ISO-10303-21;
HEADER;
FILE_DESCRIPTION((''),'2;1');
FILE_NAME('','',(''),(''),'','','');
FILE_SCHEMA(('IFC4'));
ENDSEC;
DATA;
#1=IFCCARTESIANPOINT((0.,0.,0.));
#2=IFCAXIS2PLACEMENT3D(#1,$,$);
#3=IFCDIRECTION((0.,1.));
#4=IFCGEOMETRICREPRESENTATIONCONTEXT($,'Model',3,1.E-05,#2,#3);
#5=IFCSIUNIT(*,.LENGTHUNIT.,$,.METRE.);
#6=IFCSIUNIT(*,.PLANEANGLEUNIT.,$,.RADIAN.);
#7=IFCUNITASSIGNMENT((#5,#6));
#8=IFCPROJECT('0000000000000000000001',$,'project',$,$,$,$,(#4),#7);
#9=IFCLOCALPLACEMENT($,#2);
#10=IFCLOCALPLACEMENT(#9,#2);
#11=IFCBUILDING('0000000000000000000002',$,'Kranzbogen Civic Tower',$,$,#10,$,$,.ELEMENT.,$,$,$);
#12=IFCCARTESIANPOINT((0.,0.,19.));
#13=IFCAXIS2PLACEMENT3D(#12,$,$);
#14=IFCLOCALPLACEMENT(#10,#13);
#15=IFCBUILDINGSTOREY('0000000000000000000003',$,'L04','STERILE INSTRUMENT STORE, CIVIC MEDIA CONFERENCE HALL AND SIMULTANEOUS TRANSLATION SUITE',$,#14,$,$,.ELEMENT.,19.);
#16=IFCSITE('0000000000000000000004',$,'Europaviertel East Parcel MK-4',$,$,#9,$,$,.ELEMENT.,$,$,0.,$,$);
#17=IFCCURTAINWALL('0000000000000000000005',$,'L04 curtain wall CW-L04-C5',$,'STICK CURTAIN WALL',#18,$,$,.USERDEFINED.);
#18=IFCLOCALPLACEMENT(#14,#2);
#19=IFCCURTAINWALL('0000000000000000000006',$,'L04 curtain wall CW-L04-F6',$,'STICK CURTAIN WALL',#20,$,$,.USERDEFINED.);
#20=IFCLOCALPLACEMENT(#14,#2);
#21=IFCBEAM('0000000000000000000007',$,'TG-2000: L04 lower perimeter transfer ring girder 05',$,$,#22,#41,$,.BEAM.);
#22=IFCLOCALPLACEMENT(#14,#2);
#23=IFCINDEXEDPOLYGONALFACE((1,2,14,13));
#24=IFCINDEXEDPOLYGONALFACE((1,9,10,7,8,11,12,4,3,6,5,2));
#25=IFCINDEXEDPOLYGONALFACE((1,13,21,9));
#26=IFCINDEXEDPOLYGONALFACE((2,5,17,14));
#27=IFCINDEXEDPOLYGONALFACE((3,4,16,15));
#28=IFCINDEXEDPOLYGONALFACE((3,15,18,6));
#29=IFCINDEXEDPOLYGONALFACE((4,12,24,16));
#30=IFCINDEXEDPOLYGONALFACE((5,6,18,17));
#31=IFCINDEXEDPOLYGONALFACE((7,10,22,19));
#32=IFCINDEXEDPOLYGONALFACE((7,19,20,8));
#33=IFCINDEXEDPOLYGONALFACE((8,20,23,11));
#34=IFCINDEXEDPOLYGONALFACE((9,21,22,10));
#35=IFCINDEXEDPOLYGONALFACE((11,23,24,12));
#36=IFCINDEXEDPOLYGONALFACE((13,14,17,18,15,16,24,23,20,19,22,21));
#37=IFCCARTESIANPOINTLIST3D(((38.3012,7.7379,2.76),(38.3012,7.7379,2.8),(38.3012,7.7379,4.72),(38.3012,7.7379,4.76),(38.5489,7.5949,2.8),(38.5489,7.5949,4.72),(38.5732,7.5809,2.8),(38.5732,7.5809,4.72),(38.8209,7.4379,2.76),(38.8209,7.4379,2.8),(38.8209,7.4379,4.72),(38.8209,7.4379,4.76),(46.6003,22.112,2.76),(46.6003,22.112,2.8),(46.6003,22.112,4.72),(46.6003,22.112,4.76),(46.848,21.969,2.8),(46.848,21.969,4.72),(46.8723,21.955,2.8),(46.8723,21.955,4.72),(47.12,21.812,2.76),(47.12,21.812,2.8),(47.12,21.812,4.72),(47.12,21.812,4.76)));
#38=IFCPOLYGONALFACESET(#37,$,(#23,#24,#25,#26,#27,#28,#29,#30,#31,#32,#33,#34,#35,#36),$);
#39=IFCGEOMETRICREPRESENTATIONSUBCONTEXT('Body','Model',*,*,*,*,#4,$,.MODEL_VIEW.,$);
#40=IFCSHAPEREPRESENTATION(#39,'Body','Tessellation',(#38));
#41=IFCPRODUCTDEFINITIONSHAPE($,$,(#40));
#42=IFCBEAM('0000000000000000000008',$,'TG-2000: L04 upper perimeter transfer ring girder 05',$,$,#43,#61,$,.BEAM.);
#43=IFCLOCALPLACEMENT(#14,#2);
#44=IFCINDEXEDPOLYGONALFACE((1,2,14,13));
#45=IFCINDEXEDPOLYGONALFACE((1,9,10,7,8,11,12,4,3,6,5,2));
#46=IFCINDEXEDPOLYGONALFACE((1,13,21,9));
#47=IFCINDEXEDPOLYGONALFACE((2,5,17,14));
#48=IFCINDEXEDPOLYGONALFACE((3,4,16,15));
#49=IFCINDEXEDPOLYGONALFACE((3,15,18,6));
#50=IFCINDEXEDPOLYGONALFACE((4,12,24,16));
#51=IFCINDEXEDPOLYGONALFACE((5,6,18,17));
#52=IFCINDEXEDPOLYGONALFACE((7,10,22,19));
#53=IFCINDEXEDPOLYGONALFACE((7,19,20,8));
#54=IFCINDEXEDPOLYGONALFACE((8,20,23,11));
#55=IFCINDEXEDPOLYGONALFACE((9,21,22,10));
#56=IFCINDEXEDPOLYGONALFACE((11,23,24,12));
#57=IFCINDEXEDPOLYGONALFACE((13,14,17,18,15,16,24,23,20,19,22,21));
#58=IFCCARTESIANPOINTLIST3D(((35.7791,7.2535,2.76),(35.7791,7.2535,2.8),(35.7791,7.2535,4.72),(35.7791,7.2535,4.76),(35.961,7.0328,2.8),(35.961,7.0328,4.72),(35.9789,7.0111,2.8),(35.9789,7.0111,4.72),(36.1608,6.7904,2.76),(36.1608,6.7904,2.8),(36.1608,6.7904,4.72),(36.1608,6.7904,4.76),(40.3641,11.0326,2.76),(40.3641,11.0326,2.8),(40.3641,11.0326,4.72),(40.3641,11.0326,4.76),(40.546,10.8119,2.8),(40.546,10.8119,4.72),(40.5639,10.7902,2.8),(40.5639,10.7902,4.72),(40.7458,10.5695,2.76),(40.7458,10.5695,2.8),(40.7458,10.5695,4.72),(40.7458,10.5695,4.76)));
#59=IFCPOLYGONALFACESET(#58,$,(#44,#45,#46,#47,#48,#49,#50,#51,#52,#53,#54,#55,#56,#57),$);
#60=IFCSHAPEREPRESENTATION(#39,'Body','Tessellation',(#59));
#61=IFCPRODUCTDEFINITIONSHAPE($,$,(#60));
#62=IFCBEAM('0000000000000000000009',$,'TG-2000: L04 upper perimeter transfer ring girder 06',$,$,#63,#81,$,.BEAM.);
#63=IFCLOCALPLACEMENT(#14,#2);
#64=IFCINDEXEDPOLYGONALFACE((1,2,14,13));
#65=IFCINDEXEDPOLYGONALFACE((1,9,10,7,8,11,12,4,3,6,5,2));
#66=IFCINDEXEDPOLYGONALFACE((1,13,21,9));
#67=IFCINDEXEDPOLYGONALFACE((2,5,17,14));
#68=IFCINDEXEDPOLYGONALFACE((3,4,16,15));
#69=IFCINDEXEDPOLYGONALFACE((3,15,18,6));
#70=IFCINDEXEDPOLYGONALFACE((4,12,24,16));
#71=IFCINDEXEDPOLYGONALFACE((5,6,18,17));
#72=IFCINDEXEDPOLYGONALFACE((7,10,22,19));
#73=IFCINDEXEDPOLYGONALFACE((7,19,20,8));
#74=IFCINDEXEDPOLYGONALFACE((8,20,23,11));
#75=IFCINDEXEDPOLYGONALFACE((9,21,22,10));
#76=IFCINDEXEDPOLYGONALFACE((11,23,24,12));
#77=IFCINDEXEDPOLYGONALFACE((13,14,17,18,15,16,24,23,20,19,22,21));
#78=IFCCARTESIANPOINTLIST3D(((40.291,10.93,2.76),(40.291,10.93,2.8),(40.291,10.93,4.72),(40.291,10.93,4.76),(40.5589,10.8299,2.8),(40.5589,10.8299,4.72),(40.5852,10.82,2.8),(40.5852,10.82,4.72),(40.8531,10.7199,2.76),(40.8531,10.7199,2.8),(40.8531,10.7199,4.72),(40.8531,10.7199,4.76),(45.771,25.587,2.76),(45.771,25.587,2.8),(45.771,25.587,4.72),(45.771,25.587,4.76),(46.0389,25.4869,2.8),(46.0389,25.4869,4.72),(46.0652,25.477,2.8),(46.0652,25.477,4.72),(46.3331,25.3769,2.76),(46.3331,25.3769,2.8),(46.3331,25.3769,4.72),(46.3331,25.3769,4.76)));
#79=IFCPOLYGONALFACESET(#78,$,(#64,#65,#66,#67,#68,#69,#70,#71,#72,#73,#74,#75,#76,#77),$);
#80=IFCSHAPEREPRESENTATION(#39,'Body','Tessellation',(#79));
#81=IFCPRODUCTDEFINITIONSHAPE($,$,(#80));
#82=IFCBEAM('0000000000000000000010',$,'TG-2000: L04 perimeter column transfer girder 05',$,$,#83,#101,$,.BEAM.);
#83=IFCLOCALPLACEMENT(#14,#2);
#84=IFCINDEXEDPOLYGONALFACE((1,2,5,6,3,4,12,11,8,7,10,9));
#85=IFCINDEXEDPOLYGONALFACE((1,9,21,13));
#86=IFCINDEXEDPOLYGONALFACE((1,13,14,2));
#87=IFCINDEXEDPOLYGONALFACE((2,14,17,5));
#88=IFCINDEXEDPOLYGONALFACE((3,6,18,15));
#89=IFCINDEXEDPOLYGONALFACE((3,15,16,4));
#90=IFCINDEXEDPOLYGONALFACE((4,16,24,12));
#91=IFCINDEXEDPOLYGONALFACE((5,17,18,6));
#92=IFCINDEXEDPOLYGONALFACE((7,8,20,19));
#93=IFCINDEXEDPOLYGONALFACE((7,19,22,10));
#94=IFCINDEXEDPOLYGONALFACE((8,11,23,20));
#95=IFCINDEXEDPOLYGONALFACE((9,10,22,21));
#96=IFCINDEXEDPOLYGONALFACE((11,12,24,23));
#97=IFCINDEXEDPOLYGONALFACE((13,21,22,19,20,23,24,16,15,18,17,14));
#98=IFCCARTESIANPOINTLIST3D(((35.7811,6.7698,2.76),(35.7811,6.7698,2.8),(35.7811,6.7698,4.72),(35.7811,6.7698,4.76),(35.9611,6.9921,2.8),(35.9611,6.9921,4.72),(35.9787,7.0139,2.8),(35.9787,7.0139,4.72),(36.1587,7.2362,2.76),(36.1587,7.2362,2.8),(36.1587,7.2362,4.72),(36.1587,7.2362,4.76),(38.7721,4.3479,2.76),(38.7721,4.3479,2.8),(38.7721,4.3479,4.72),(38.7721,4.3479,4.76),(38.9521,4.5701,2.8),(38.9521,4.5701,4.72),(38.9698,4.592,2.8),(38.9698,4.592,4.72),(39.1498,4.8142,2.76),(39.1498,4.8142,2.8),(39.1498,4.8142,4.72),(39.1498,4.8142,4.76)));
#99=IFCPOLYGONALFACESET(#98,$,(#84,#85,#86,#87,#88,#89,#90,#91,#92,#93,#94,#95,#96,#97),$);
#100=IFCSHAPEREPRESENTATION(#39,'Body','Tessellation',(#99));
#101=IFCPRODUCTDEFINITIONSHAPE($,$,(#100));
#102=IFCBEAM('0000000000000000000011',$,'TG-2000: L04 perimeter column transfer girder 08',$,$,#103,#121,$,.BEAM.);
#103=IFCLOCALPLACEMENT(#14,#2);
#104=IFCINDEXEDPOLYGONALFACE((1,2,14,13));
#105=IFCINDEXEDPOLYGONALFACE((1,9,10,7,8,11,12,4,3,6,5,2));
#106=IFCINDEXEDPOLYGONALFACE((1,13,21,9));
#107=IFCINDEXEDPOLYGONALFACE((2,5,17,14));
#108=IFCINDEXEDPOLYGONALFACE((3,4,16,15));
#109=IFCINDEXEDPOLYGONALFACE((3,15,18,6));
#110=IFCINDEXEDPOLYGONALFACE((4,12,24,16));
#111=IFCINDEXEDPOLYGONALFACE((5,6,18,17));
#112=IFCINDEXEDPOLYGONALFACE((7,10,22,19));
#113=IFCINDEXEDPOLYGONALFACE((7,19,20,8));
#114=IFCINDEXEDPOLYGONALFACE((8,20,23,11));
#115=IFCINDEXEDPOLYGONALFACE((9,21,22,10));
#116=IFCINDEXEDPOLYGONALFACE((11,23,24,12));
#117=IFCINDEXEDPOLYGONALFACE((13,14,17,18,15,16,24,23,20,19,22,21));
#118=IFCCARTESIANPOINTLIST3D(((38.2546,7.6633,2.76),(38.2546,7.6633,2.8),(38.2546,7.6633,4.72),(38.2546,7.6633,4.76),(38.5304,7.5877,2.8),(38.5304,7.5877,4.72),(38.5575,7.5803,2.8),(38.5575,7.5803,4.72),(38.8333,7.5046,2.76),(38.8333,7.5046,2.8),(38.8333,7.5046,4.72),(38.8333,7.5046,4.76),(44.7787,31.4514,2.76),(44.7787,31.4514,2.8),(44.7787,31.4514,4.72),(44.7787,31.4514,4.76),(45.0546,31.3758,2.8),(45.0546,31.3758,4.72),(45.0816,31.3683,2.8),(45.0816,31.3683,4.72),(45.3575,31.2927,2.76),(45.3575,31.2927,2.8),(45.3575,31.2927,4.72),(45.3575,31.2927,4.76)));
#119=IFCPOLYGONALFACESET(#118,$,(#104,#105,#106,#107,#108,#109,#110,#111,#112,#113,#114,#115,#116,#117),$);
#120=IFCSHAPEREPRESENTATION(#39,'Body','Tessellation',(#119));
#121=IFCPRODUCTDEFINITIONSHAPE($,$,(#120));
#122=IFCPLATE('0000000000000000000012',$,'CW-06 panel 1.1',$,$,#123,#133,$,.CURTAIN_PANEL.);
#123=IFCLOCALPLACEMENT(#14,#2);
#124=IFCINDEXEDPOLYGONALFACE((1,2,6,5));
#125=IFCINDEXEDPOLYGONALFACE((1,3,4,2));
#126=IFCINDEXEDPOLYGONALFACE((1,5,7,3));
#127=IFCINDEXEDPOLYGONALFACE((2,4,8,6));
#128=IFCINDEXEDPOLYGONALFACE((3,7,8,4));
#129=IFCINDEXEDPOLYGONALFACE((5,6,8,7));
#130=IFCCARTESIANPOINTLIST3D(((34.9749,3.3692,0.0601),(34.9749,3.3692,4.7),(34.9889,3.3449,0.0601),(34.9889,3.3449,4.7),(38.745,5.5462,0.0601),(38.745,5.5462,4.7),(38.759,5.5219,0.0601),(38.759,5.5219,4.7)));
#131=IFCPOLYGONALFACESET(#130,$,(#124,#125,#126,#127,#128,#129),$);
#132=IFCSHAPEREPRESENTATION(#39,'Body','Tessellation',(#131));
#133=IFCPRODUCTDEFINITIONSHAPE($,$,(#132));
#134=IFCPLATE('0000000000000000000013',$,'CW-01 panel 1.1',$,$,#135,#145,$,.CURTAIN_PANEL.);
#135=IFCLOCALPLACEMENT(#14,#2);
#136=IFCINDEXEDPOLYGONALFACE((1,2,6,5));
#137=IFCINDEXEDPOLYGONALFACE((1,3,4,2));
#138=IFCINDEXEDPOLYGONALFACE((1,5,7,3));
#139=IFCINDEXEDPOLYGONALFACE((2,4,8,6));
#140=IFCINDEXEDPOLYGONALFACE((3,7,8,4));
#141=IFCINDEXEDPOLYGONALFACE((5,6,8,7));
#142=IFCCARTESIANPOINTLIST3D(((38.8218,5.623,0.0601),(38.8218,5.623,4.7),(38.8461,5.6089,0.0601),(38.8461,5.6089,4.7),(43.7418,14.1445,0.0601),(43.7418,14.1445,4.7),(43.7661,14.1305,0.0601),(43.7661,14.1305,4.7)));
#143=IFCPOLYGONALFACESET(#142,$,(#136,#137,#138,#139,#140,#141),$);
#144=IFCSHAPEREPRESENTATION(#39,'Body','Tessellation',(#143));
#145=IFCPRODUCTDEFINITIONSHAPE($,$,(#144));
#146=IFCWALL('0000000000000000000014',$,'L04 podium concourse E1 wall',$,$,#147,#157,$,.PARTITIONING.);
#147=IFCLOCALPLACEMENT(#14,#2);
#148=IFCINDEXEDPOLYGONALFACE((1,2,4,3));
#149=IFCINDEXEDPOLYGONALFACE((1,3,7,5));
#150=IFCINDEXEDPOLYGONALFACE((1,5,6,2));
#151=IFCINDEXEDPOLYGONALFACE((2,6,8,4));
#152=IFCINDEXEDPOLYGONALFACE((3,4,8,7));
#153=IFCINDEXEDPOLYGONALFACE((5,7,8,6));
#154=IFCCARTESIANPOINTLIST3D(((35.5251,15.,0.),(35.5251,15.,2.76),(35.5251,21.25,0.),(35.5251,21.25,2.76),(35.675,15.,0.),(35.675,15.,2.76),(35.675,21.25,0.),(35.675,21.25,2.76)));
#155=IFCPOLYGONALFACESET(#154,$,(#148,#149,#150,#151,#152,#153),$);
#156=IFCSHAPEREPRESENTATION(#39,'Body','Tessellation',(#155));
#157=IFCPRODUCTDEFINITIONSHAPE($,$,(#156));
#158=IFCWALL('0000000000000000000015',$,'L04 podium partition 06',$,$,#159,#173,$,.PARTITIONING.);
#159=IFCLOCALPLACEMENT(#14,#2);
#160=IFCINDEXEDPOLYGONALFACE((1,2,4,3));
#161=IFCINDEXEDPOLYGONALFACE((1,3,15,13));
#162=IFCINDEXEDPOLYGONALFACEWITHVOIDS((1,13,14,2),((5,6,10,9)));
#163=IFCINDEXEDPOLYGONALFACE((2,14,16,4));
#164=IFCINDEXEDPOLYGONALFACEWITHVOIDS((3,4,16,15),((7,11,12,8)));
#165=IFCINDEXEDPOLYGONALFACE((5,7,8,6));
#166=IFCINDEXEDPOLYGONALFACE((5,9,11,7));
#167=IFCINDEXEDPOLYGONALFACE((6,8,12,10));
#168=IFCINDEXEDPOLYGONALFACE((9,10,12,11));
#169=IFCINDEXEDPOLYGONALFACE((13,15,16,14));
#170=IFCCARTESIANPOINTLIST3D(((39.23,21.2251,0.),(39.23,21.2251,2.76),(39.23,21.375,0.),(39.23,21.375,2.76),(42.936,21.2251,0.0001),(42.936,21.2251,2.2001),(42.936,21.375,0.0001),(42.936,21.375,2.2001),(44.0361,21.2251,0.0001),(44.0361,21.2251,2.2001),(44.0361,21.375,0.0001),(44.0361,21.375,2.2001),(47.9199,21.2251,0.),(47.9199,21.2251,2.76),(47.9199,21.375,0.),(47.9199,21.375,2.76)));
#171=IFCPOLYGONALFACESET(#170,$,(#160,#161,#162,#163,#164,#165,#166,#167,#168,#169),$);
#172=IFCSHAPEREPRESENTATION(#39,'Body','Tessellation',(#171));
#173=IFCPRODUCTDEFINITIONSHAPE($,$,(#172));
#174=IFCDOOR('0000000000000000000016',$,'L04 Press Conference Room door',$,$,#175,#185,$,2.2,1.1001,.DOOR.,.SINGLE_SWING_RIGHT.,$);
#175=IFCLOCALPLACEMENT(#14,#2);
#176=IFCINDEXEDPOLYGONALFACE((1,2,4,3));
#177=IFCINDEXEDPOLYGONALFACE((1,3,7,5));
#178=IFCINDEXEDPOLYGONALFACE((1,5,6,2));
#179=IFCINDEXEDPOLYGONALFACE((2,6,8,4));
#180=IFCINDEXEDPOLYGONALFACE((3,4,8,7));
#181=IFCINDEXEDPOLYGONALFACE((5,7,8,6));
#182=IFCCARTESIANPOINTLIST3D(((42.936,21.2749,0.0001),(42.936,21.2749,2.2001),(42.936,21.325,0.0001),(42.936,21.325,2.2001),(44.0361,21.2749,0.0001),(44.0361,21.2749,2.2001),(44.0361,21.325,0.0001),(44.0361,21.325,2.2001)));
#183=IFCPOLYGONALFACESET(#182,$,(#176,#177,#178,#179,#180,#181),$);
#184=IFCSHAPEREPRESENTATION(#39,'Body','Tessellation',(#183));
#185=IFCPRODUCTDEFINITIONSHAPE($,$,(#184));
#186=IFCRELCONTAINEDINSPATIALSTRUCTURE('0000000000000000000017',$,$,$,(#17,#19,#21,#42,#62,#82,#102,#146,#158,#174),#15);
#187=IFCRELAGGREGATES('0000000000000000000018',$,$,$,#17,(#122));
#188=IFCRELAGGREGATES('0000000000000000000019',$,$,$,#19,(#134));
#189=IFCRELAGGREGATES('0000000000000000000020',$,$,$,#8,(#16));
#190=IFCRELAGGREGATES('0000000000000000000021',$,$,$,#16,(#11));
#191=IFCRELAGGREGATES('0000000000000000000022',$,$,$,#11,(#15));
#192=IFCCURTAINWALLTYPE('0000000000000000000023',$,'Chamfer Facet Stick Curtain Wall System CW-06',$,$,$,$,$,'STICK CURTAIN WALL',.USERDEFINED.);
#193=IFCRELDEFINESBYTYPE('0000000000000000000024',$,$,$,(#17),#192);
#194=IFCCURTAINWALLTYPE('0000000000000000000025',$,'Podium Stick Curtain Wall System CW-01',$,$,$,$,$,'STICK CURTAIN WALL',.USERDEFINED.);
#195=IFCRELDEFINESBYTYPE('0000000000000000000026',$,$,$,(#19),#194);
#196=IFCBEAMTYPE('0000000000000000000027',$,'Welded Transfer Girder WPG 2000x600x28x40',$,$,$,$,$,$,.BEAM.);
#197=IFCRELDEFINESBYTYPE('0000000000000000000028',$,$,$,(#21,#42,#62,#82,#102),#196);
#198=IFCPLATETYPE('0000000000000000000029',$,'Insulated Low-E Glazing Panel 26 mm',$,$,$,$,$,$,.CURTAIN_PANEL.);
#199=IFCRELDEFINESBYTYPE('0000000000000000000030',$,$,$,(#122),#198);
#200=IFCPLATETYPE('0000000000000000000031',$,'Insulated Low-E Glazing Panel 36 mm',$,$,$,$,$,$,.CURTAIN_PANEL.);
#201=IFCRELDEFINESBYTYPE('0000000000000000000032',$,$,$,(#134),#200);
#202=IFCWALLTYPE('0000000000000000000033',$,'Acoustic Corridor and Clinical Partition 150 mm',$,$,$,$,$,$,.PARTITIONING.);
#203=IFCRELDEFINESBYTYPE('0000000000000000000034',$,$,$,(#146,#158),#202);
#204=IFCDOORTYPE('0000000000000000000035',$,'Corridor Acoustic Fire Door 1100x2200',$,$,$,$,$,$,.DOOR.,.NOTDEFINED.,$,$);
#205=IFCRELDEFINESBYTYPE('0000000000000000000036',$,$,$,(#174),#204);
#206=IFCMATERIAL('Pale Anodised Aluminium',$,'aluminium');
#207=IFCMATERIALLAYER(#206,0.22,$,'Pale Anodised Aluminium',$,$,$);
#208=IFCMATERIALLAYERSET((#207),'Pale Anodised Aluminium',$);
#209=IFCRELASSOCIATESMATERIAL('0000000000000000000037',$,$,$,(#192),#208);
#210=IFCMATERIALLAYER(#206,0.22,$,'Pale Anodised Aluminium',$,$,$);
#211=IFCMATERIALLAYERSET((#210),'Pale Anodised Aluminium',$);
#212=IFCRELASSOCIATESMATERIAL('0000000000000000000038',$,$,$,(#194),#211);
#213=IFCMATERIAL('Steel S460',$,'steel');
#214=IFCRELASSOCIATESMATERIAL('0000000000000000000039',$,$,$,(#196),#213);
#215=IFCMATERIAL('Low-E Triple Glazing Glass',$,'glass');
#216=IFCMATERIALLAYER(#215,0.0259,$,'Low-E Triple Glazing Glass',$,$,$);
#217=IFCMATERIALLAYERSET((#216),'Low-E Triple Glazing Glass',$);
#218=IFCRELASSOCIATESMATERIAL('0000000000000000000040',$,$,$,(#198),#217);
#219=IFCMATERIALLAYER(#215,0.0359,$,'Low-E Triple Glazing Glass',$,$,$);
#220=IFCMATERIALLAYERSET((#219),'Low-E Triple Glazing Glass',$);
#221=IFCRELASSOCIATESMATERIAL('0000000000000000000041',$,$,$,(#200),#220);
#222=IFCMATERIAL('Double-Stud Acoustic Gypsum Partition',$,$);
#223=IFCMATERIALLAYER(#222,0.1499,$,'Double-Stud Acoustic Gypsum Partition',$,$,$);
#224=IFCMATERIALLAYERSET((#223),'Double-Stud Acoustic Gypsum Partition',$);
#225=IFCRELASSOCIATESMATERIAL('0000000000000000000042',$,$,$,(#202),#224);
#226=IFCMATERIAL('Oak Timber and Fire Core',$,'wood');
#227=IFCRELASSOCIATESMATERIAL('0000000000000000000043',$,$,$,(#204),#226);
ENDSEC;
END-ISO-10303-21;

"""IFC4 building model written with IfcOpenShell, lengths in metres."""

from ifc_helpers import new_model, si_unit, direction, frame, frame_2d, origin, origin_2d, place, context, subcontext, project, spatial, rectangle, i_section, extrude, material, layer, layer_set, material_profile, profile_set, type_object, element, fill, aggregate, save


model = new_model("IFC4")

# Units and contexts
model_context = context("Model", 3, precision=1e-05, world=origin(), true_north=direction((0.0, 1.0)))
body_context = subcontext(model_context, "Body", "Model", "MODEL_VIEW")
ifc_project = project(units=[si_unit("LENGTHUNIT", "METRE"), si_unit("PLANEANGLEUNIT", "RADIAN")], contexts=[model_context])

# Site, building, storey
site_placement = place(None, origin())
site = spatial("IfcSite", under=ifc_project, at=site_placement, Name="Europaviertel East Parcel MK-4", CompositionType="ELEMENT", RefElevation=0.0)
building_placement = place(site_placement, origin())
building = spatial("IfcBuilding", under=site, at=building_placement, Name="Kranzbogen Civic Tower", CompositionType="ELEMENT")
storey_placement = place(building_placement, frame((0.0, 0.0, 19.0)))
storey = spatial("IfcBuildingStorey", under=building, at=storey_placement, Name="L04", Description="STERILE INSTRUMENT STORE, CIVIC MEDIA CONFERENCE HALL AND SIMULTANEOUS TRANSLATION SUITE", CompositionType="ELEMENT", Elevation=19.0)

# Shared definitions
ifc_material_1 = material(Name="Steel S460", Category="steel")

# Curtain wall
ifc_material_2 = material(Name="Pale Anodised Aluminium", Category="aluminium")
ifc_layer_1 = layer(ifc_material_2, 0.22, Name="Pale Anodised Aluminium")
ifc_layer_set_1 = layer_set([ifc_layer_1], Name="Pale Anodised Aluminium")
curtain_wall_type_1 = type_object("IfcCurtainWallType", Name="Chamfer Facet Stick Curtain Wall System CW-06", ElementType="STICK CURTAIN WALL", PredefinedType="USERDEFINED", material=ifc_layer_set_1)
curtain_wall_1_placement = place(storey_placement, origin())
curtain_wall_1 = element("IfcCurtainWall", 1, at=curtain_wall_1_placement, inside=storey, type_object=curtain_wall_type_1, Name="L04 curtain wall CW-L04-C5", ObjectType="STICK CURTAIN WALL", PredefinedType="USERDEFINED")

# Curtain wall
ifc_layer_2 = layer(ifc_material_2, 0.22, Name="Pale Anodised Aluminium")
ifc_layer_set_2 = layer_set([ifc_layer_2], Name="Pale Anodised Aluminium")
curtain_wall_type_2 = type_object("IfcCurtainWallType", Name="Podium Stick Curtain Wall System CW-01", ElementType="STICK CURTAIN WALL", PredefinedType="USERDEFINED", material=ifc_layer_set_2)
curtain_wall_2_placement = place(storey_placement, origin())
curtain_wall_2 = element("IfcCurtainWall", 2, at=curtain_wall_2_placement, inside=storey, type_object=curtain_wall_type_2, Name="L04 curtain wall CW-L04-F6", ObjectType="STICK CURTAIN WALL", PredefinedType="USERDEFINED")

# Beams
ifc_material_profile_1 = material_profile(ifc_material_1, i_section(OverallWidth=0.6001, OverallDepth=2.0, WebThickness=0.0281, FlangeThickness=0.04, at=origin_2d()), Name="WPG 2000x600x28x40")
ifc_profile_set_1 = profile_set([ifc_material_profile_1], Name="Steel S460")
beam_type = type_object("IfcBeamType", Name="Welded Transfer Girder WPG 2000x600x28x40", PredefinedType="BEAM", material=ifc_profile_set_1)
beam_1_placement = place(storey_placement, frame((38.561, 7.5879, 3.76), z_axis=(0.50001, 0.86602, 0.0), x_axis=(-0.86602, 0.50001, 0.0)))
element("IfcBeam", 3, at=beam_1_placement, inside=storey, type_object=beam_type, Name="TG-2000: L04 lower perimeter transfer ring girder 05", PredefinedType="BEAM", context=body_context, shape_type="SweptSolid", body=[
    extrude(i_section(OverallWidth=0.6001, OverallDepth=2.0, WebThickness=0.0281, FlangeThickness=0.04, at=origin_2d()), origin(), (0.0, 0.0, 1.0), 16.5979),
])
beam_2_placement = place(storey_placement, frame((35.97, 7.022, 3.76), z_axis=(0.771666, 0.636028, 0.0), x_axis=(-0.636028, 0.771666, 0.0)))
element("IfcBeam", 4, at=beam_2_placement, inside=storey, type_object=beam_type, Name="TG-2000: L04 upper perimeter transfer ring girder 05", PredefinedType="BEAM", context=body_context, shape_type="SweptSolid", body=[
    extrude(i_section(OverallWidth=0.6001, OverallDepth=2.0, WebThickness=0.0281, FlangeThickness=0.04, at=origin_2d()), origin(), (0.0, 0.0, 1.0), 5.9417),
])
beam_3_placement = place(storey_placement, frame((40.572, 10.825, 3.76), z_axis=(0.350205, 0.936673, 0.0), x_axis=(-0.936673, 0.350205, 0.0)))
element("IfcBeam", 5, at=beam_3_placement, inside=storey, type_object=beam_type, Name="TG-2000: L04 upper perimeter transfer ring girder 06", PredefinedType="BEAM", context=body_context, shape_type="SweptSolid", body=[
    extrude(i_section(OverallWidth=0.6001, OverallDepth=2.0, WebThickness=0.0281, FlangeThickness=0.04, at=origin_2d()), origin(), (0.0, 0.0, 1.0), 15.6479),
])
beam_4_placement = place(storey_placement, frame((38.9609, 4.5811, 3.76), z_axis=(-0.777167, 0.629295, 0.0), x_axis=(-0.629295, -0.777167, 0.0)))
element("IfcBeam", 6, at=beam_4_placement, inside=storey, type_object=beam_type, Name="TG-2000: L04 perimeter column transfer girder 05", PredefinedType="BEAM", context=body_context, shape_type="SweptSolid", body=[
    extrude(i_section(OverallWidth=0.6001, OverallDepth=2.0, WebThickness=0.0281, FlangeThickness=0.04, at=origin_2d()), origin(), (0.0, 0.0, 1.0), 3.8486),
])
beam_5_placement = place(storey_placement, frame((38.5439, 7.584, 3.76), z_axis=(0.264495, 0.964387, 0.0), x_axis=(-0.964387, 0.264495, 0.0)))
element("IfcBeam", 7, at=beam_5_placement, inside=storey, type_object=beam_type, Name="TG-2000: L04 perimeter column transfer girder 08", PredefinedType="BEAM", context=body_context, shape_type="SweptSolid", body=[
    extrude(i_section(OverallWidth=0.6001, OverallDepth=2.0, WebThickness=0.0281, FlangeThickness=0.04, at=origin_2d()), origin(), (0.0, 0.0, 1.0), 24.6665),
])

# Plates
ifc_material_3 = material(Name="Low-E Triple Glazing Glass", Category="glass")
ifc_layer_3 = layer(ifc_material_3, 0.0259, Name="Low-E Triple Glazing Glass")
ifc_layer_set_3 = layer_set([ifc_layer_3], Name="Low-E Triple Glazing Glass")
plate_type_1 = type_object("IfcPlateType", Name="Insulated Low-E Glazing Panel 26 mm", PredefinedType="CURTAIN_PANEL", material=ifc_layer_set_3)
plate_1_placement = place(storey_placement, frame((36.8669, 4.4456, 0.0601), z_axis=(0.0, 0.0, 1.0), x_axis=(0.865992, 0.500058, 0.0)))
plate_1 = element("IfcPlate", 8, at=plate_1_placement, type_object=plate_type_1, Name="CW-06 panel 1.1", PredefinedType="CURTAIN_PANEL", context=body_context, shape_type="SweptSolid", body=[
    extrude(rectangle(XDim=4.3535, YDim=0.0281, at=origin_2d()), origin(), (0.0, 0.0, 1.0), 4.6399),
])
aggregate(curtain_wall_1, [plate_1])
ifc_layer_4 = layer(ifc_material_3, 0.0359, Name="Low-E Triple Glazing Glass")
ifc_layer_set_4 = layer_set([ifc_layer_4], Name="Low-E Triple Glazing Glass")
plate_type_2 = type_object("IfcPlateType", Name="Insulated Low-E Glazing Panel 36 mm", PredefinedType="CURTAIN_PANEL", material=ifc_layer_set_4)
plate_2_placement = place(storey_placement, frame((41.2939, 9.8767, 0.0601), z_axis=(0.0, 0.0, 1.0), x_axis=(0.500006, 0.866022, 0.0)))
plate_2 = element("IfcPlate", 9, at=plate_2_placement, type_object=plate_type_2, Name="CW-01 panel 1.1", PredefinedType="CURTAIN_PANEL", context=body_context, shape_type="SweptSolid", body=[
    extrude(rectangle(XDim=9.8398, YDim=0.0281, at=origin_2d()), origin(), (0.0, 0.0, 1.0), 4.6399),
])
aggregate(curtain_wall_2, [plate_2])

# Wall
ifc_material_4 = material(Name="Double-Stud Acoustic Gypsum Partition")
ifc_layer_5 = layer(ifc_material_4, 0.1499, Name="Double-Stud Acoustic Gypsum Partition")
ifc_layer_set_5 = layer_set([ifc_layer_5], Name="Double-Stud Acoustic Gypsum Partition")
wall_type_1 = type_object("IfcWallType", Name="Acoustic Corridor and Clinical Partition 150 mm", PredefinedType="PARTITIONING", material=ifc_layer_set_5)
wall_1_placement = place(storey_placement, frame((35.6001, 15.0, 0.0), z_axis=(0.0, 0.0, 1.0), x_axis=(0.0, 1.0, 0.0)))
element("IfcWall", 10, at=wall_1_placement, inside=storey, type_object=wall_type_1, Name="L04 podium concourse E1 wall", PredefinedType="PARTITIONING", context=body_context, shape_type="SweptSolid", body=[
    extrude(rectangle(XDim=6.25, YDim=0.1499, at=frame_2d((3.125, 0.0))), origin(), (0.0, 0.0, 1.0), 2.76),
])

# Wall, opening, door
wall_2_placement = place(storey_placement, frame((39.23, 21.3, 0.0), z_axis=(0.0, 0.0, 1.0), x_axis=(1.0, 0.0, 0.0)))
wall_2 = element("IfcWall", 11, at=wall_2_placement, inside=storey, type_object=wall_type_1, Name="L04 podium partition 06", PredefinedType="PARTITIONING", context=body_context, shape_type="SweptSolid", body=[
    extrude(rectangle(XDim=8.6899, YDim=0.1499, at=frame_2d((4.345, 0.0))), origin(), (0.0, 0.0, 1.0), 2.76),
])
opening_1_placement = place(wall_2_placement, frame((3.7061, 0.0, 0.0)))
opening_1 = element("IfcOpeningElement", 12, at=opening_1_placement, cuts=wall_2, PredefinedType="OPENING", context=body_context, shape_type="SweptSolid", body=[
    extrude(rectangle(XDim=1.1001, YDim=2.2, at=frame_2d((0.55, 1.1001))), frame((0.0, 0.085, 0.0), z_axis=(0.0, -1.0, 0.0), x_axis=(1.0, 0.0, 0.0)), (0.0, 0.0, 1.0), 0.1699),
])
ifc_material_5 = material(Name="Oak Timber and Fire Core", Category="wood")
door_type_1 = type_object("IfcDoorType", Name="Corridor Acoustic Fire Door 1100x2200", OperationType="NOTDEFINED", PredefinedType="DOOR", material=ifc_material_5)
door_1_placement = place(opening_1_placement, origin())
door_1 = element("IfcDoor", 13, at=door_1_placement, inside=storey, type_object=door_type_1, Name="L04 Press Conference Room door", OperationType="SINGLE_SWING_RIGHT", OverallHeight=2.2, OverallWidth=1.1001, PredefinedType="DOOR", context=body_context, shape_type="SweptSolid", body=[
    extrude(rectangle(XDim=1.1001, YDim=2.2, at=frame_2d((0.55, 1.1001))), frame((0.0, 0.0249, 0.0), z_axis=(0.0, -1.0, 0.0), x_axis=(1.0, 0.0, 0.0)), (0.0, 0.0, 1.0), 0.05),
])
fill(opening_1, door_1)

save(model, "model.ifc")
